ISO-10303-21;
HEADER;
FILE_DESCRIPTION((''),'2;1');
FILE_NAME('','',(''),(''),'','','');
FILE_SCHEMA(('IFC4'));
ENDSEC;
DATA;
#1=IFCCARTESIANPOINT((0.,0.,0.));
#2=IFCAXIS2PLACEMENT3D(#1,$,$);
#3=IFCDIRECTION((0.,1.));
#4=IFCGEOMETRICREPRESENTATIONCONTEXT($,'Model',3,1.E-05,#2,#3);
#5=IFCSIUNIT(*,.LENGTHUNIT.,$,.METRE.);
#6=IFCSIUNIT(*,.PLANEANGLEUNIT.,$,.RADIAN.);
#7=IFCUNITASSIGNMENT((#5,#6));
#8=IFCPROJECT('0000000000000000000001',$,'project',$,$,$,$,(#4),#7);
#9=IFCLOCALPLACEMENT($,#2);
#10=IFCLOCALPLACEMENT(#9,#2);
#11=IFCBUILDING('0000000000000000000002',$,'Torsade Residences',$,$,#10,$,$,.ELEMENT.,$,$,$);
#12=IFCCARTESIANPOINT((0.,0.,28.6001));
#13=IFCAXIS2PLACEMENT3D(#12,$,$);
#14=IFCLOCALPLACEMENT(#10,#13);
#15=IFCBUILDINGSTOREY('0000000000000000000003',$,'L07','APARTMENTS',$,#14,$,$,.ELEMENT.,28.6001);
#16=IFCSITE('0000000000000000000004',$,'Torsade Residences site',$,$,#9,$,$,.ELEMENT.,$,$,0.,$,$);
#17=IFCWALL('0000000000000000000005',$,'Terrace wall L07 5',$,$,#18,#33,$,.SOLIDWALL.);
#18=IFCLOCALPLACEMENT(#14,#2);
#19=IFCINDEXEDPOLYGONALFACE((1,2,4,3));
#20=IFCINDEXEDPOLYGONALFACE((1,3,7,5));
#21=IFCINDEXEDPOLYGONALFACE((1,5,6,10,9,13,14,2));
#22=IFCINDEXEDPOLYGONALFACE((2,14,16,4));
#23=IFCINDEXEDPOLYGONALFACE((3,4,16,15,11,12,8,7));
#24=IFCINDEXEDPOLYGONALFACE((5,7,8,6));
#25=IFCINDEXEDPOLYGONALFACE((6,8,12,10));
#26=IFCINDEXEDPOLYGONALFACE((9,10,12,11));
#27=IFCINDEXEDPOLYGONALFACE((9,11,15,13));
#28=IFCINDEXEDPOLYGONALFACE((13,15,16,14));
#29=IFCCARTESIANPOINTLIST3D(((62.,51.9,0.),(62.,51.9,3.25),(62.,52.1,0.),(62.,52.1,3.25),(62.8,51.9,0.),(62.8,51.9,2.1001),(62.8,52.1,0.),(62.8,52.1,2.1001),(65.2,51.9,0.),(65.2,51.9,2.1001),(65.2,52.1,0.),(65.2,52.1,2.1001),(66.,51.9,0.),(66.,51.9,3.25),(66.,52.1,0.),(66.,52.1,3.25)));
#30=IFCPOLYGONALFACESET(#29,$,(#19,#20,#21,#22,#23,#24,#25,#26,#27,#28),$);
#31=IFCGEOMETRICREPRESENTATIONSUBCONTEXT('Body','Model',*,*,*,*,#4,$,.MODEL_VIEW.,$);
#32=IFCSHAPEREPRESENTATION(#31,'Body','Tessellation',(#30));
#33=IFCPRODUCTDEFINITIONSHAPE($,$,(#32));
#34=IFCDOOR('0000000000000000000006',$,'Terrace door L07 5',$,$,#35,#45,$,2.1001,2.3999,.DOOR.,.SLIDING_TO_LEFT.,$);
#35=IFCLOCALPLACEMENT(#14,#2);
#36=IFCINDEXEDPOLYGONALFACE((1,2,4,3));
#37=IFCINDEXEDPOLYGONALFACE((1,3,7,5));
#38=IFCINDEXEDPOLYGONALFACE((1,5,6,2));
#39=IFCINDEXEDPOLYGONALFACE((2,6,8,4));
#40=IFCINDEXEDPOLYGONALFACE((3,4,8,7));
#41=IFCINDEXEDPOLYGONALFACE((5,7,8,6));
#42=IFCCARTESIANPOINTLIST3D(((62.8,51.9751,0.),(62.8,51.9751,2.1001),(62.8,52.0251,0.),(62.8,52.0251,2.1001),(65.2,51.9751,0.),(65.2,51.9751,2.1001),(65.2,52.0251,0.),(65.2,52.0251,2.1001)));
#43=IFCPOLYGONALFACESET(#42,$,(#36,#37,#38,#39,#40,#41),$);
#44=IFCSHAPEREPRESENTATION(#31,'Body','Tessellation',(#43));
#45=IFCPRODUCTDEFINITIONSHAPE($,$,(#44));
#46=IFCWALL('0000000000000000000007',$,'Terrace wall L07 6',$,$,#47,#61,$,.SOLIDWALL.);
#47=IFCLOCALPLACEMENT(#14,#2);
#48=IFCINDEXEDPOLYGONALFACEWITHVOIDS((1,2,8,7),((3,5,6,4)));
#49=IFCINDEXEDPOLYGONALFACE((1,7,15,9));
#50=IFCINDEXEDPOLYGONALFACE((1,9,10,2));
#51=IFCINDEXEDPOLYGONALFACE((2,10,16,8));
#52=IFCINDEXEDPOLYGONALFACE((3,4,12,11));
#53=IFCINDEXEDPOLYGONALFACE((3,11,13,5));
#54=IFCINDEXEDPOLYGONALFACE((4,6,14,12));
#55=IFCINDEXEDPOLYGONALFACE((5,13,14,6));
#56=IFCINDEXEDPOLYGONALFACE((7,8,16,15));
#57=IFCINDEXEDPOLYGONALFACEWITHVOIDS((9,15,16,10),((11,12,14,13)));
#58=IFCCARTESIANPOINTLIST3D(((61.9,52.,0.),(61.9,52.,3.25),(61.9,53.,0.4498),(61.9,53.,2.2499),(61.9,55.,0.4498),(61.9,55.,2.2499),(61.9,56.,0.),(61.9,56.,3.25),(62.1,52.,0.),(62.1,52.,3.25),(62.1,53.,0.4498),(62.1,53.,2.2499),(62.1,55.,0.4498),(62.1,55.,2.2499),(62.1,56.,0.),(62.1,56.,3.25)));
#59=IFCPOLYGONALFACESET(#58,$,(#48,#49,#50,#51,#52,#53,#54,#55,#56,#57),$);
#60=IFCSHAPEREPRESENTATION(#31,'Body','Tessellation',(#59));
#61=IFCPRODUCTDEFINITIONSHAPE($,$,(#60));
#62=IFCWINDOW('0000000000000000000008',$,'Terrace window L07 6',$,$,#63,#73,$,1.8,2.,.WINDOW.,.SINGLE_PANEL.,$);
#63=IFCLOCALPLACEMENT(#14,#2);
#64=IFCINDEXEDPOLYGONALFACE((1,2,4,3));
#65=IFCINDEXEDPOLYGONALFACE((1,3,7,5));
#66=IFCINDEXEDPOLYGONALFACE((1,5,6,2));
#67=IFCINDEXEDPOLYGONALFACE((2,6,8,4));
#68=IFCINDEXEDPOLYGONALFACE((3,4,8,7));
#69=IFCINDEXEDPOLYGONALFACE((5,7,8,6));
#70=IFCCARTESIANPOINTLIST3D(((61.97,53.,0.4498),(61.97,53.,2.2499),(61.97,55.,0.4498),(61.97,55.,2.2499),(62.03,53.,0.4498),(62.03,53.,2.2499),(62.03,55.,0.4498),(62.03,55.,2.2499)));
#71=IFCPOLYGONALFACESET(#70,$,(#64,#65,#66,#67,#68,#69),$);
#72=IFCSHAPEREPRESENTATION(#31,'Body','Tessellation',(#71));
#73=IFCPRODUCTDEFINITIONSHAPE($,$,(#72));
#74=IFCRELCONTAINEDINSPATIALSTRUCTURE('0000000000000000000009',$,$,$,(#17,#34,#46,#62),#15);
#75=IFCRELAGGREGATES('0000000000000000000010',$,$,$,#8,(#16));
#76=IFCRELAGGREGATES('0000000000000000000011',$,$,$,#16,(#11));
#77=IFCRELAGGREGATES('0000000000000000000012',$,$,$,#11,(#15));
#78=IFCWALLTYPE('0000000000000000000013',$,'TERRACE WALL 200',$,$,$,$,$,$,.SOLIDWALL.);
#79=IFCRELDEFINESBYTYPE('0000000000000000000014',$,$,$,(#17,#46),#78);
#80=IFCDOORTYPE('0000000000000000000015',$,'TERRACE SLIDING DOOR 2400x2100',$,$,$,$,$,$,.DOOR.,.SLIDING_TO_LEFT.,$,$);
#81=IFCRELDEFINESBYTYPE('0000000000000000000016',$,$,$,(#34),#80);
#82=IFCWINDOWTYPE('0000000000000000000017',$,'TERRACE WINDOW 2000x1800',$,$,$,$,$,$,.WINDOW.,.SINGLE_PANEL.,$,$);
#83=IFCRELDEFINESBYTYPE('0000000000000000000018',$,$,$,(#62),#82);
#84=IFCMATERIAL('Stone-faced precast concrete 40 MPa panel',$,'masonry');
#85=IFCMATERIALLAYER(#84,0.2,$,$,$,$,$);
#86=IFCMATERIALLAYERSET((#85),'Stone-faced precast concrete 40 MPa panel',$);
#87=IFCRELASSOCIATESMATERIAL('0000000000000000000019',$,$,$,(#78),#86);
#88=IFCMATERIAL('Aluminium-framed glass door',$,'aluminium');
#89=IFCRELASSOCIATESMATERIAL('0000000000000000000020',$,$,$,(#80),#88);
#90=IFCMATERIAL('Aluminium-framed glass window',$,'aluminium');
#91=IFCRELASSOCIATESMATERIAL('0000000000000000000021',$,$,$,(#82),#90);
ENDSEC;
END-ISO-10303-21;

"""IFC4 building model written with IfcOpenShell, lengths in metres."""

from ifc_helpers import new_model, si_unit, direction, frame, frame_2d, origin, place, context, subcontext, project, spatial, rectangle, extrude, material, layer, layer_set, type_object, element, fill, save


model = new_model("IFC4")

# Units and contexts
model_context = context("Model", 3, precision=1e-05, world=origin(), true_north=direction((0.0, 1.0)))
body_context = subcontext(model_context, "Body", "Model", "MODEL_VIEW")
ifc_project = project(units=[si_unit("LENGTHUNIT", "METRE"), si_unit("PLANEANGLEUNIT", "RADIAN")], contexts=[model_context])

# Site, building, storey
site_placement = place(None, origin())
site = spatial("IfcSite", under=ifc_project, at=site_placement, Name="Torsade Residences site", CompositionType="ELEMENT", RefElevation=0.0)
building_placement = place(site_placement, origin())
building = spatial("IfcBuilding", under=site, at=building_placement, Name="Torsade Residences", CompositionType="ELEMENT")
storey_placement = place(building_placement, frame((0.0, 0.0, 28.6001)))
storey = spatial("IfcBuildingStorey", under=building, at=storey_placement, Name="L07", Description="APARTMENTS", CompositionType="ELEMENT", Elevation=28.6001)

# Wall, opening, door
ifc_material_1 = material(Name="Stone-faced precast concrete 40 MPa panel", Category="masonry")
ifc_layer_1 = layer(ifc_material_1, 0.2)
ifc_layer_set_1 = layer_set([ifc_layer_1], Name="Stone-faced precast concrete 40 MPa panel")
wall_type = type_object("IfcWallType", Name="TERRACE WALL 200", PredefinedType="SOLIDWALL", material=ifc_layer_set_1)
wall_1_placement = place(storey_placement, frame((66.0, 52.0, 0.0), z_axis=(0.0, 0.0, 1.0), x_axis=(-1.0, 0.0, 0.0)))
wall_1 = element("IfcWall", 1, at=wall_1_placement, inside=storey, type_object=wall_type, Name="Terrace wall L07 5", PredefinedType="SOLIDWALL", context=body_context, shape_type="SweptSolid", body=[
    extrude(rectangle(XDim=4.0, YDim=0.2, at=frame_2d((2.0, 0.0))), origin(), (0.0, 0.0, 1.0), 3.25),
])
opening_1_placement = place(wall_1_placement, frame((0.8, 0.0, 0.0)))
opening_1 = element("IfcOpeningElement", 2, at=opening_1_placement, cuts=wall_1, PredefinedType="OPENING", context=body_context, shape_type="SweptSolid", body=[
    extrude(rectangle(XDim=2.3999, YDim=2.1001, at=frame_2d((1.2, 1.05))), frame((0.0, 0.1099, 0.0), z_axis=(0.0, -1.0, 0.0), x_axis=(1.0, 0.0, 0.0)), (0.0, 0.0, 1.0), 0.22),
])
ifc_material_2 = material(Name="Aluminium-framed glass door", Category="aluminium")
door_type = type_object("IfcDoorType", Name="TERRACE SLIDING DOOR 2400x2100", OperationType="SLIDING_TO_LEFT", PredefinedType="DOOR", material=ifc_material_2)
door_placement = place(opening_1_placement, origin())
door = element("IfcDoor", 3, at=door_placement, inside=storey, type_object=door_type, Name="Terrace door L07 5", OperationType="SLIDING_TO_LEFT", OverallHeight=2.1001, OverallWidth=2.3999, PredefinedType="DOOR", context=body_context, shape_type="SweptSolid", body=[
    extrude(rectangle(XDim=2.3999, YDim=2.1001, at=frame_2d((1.2, 1.05))), frame((0.0, 0.0249, 0.0), z_axis=(0.0, -1.0, 0.0), x_axis=(1.0, 0.0, 0.0)), (0.0, 0.0, 1.0), 0.05),
])
fill(opening_1, door)

# Wall, opening, window
wall_2_placement = place(storey_placement, frame((62.0, 52.0, 0.0), z_axis=(0.0, 0.0, 1.0), x_axis=(0.0, 1.0, 0.0)))
wall_2 = element("IfcWall", 4, at=wall_2_placement, inside=storey, type_object=wall_type, Name="Terrace wall L07 6", PredefinedType="SOLIDWALL", context=body_context, shape_type="SweptSolid", body=[
    extrude(rectangle(XDim=4.0, YDim=0.2, at=frame_2d((2.0, 0.0))), origin(), (0.0, 0.0, 1.0), 3.25),
])
opening_2_placement = place(wall_2_placement, frame((1.0, 0.0, 0.45)))
opening_2 = element("IfcOpeningElement", 5, at=opening_2_placement, cuts=wall_2, PredefinedType="OPENING", context=body_context, shape_type="SweptSolid", body=[
    extrude(rectangle(XDim=2.0, YDim=1.8, at=frame_2d((1.0, 0.8999))), frame((0.0, 0.1099, 0.0), z_axis=(0.0, -1.0, 0.0), x_axis=(1.0, 0.0, 0.0)), (0.0, 0.0, 1.0), 0.22),
])
ifc_material_3 = material(Name="Aluminium-framed glass window", Category="aluminium")
window_type = type_object("IfcWindowType", Name="TERRACE WINDOW 2000x1800", PartitioningType="SINGLE_PANEL", PredefinedType="WINDOW", material=ifc_material_3)
window_placement = place(opening_2_placement, origin())
window = element("IfcWindow", 6, at=window_placement, inside=storey, type_object=window_type, Name="Terrace window L07 6", OverallHeight=1.8, OverallWidth=2.0, PartitioningType="SINGLE_PANEL", PredefinedType="WINDOW", context=body_context, shape_type="SweptSolid", body=[
    extrude(rectangle(XDim=2.0, YDim=1.8, at=frame_2d((1.0, 0.8999))), frame((0.0, 0.03, 0.0), z_axis=(0.0, -1.0, 0.0), x_axis=(1.0, 0.0, 0.0)), (0.0, 0.0, 1.0), 0.0601),
])
fill(opening_2, window)

save(model, "model.ifc")
